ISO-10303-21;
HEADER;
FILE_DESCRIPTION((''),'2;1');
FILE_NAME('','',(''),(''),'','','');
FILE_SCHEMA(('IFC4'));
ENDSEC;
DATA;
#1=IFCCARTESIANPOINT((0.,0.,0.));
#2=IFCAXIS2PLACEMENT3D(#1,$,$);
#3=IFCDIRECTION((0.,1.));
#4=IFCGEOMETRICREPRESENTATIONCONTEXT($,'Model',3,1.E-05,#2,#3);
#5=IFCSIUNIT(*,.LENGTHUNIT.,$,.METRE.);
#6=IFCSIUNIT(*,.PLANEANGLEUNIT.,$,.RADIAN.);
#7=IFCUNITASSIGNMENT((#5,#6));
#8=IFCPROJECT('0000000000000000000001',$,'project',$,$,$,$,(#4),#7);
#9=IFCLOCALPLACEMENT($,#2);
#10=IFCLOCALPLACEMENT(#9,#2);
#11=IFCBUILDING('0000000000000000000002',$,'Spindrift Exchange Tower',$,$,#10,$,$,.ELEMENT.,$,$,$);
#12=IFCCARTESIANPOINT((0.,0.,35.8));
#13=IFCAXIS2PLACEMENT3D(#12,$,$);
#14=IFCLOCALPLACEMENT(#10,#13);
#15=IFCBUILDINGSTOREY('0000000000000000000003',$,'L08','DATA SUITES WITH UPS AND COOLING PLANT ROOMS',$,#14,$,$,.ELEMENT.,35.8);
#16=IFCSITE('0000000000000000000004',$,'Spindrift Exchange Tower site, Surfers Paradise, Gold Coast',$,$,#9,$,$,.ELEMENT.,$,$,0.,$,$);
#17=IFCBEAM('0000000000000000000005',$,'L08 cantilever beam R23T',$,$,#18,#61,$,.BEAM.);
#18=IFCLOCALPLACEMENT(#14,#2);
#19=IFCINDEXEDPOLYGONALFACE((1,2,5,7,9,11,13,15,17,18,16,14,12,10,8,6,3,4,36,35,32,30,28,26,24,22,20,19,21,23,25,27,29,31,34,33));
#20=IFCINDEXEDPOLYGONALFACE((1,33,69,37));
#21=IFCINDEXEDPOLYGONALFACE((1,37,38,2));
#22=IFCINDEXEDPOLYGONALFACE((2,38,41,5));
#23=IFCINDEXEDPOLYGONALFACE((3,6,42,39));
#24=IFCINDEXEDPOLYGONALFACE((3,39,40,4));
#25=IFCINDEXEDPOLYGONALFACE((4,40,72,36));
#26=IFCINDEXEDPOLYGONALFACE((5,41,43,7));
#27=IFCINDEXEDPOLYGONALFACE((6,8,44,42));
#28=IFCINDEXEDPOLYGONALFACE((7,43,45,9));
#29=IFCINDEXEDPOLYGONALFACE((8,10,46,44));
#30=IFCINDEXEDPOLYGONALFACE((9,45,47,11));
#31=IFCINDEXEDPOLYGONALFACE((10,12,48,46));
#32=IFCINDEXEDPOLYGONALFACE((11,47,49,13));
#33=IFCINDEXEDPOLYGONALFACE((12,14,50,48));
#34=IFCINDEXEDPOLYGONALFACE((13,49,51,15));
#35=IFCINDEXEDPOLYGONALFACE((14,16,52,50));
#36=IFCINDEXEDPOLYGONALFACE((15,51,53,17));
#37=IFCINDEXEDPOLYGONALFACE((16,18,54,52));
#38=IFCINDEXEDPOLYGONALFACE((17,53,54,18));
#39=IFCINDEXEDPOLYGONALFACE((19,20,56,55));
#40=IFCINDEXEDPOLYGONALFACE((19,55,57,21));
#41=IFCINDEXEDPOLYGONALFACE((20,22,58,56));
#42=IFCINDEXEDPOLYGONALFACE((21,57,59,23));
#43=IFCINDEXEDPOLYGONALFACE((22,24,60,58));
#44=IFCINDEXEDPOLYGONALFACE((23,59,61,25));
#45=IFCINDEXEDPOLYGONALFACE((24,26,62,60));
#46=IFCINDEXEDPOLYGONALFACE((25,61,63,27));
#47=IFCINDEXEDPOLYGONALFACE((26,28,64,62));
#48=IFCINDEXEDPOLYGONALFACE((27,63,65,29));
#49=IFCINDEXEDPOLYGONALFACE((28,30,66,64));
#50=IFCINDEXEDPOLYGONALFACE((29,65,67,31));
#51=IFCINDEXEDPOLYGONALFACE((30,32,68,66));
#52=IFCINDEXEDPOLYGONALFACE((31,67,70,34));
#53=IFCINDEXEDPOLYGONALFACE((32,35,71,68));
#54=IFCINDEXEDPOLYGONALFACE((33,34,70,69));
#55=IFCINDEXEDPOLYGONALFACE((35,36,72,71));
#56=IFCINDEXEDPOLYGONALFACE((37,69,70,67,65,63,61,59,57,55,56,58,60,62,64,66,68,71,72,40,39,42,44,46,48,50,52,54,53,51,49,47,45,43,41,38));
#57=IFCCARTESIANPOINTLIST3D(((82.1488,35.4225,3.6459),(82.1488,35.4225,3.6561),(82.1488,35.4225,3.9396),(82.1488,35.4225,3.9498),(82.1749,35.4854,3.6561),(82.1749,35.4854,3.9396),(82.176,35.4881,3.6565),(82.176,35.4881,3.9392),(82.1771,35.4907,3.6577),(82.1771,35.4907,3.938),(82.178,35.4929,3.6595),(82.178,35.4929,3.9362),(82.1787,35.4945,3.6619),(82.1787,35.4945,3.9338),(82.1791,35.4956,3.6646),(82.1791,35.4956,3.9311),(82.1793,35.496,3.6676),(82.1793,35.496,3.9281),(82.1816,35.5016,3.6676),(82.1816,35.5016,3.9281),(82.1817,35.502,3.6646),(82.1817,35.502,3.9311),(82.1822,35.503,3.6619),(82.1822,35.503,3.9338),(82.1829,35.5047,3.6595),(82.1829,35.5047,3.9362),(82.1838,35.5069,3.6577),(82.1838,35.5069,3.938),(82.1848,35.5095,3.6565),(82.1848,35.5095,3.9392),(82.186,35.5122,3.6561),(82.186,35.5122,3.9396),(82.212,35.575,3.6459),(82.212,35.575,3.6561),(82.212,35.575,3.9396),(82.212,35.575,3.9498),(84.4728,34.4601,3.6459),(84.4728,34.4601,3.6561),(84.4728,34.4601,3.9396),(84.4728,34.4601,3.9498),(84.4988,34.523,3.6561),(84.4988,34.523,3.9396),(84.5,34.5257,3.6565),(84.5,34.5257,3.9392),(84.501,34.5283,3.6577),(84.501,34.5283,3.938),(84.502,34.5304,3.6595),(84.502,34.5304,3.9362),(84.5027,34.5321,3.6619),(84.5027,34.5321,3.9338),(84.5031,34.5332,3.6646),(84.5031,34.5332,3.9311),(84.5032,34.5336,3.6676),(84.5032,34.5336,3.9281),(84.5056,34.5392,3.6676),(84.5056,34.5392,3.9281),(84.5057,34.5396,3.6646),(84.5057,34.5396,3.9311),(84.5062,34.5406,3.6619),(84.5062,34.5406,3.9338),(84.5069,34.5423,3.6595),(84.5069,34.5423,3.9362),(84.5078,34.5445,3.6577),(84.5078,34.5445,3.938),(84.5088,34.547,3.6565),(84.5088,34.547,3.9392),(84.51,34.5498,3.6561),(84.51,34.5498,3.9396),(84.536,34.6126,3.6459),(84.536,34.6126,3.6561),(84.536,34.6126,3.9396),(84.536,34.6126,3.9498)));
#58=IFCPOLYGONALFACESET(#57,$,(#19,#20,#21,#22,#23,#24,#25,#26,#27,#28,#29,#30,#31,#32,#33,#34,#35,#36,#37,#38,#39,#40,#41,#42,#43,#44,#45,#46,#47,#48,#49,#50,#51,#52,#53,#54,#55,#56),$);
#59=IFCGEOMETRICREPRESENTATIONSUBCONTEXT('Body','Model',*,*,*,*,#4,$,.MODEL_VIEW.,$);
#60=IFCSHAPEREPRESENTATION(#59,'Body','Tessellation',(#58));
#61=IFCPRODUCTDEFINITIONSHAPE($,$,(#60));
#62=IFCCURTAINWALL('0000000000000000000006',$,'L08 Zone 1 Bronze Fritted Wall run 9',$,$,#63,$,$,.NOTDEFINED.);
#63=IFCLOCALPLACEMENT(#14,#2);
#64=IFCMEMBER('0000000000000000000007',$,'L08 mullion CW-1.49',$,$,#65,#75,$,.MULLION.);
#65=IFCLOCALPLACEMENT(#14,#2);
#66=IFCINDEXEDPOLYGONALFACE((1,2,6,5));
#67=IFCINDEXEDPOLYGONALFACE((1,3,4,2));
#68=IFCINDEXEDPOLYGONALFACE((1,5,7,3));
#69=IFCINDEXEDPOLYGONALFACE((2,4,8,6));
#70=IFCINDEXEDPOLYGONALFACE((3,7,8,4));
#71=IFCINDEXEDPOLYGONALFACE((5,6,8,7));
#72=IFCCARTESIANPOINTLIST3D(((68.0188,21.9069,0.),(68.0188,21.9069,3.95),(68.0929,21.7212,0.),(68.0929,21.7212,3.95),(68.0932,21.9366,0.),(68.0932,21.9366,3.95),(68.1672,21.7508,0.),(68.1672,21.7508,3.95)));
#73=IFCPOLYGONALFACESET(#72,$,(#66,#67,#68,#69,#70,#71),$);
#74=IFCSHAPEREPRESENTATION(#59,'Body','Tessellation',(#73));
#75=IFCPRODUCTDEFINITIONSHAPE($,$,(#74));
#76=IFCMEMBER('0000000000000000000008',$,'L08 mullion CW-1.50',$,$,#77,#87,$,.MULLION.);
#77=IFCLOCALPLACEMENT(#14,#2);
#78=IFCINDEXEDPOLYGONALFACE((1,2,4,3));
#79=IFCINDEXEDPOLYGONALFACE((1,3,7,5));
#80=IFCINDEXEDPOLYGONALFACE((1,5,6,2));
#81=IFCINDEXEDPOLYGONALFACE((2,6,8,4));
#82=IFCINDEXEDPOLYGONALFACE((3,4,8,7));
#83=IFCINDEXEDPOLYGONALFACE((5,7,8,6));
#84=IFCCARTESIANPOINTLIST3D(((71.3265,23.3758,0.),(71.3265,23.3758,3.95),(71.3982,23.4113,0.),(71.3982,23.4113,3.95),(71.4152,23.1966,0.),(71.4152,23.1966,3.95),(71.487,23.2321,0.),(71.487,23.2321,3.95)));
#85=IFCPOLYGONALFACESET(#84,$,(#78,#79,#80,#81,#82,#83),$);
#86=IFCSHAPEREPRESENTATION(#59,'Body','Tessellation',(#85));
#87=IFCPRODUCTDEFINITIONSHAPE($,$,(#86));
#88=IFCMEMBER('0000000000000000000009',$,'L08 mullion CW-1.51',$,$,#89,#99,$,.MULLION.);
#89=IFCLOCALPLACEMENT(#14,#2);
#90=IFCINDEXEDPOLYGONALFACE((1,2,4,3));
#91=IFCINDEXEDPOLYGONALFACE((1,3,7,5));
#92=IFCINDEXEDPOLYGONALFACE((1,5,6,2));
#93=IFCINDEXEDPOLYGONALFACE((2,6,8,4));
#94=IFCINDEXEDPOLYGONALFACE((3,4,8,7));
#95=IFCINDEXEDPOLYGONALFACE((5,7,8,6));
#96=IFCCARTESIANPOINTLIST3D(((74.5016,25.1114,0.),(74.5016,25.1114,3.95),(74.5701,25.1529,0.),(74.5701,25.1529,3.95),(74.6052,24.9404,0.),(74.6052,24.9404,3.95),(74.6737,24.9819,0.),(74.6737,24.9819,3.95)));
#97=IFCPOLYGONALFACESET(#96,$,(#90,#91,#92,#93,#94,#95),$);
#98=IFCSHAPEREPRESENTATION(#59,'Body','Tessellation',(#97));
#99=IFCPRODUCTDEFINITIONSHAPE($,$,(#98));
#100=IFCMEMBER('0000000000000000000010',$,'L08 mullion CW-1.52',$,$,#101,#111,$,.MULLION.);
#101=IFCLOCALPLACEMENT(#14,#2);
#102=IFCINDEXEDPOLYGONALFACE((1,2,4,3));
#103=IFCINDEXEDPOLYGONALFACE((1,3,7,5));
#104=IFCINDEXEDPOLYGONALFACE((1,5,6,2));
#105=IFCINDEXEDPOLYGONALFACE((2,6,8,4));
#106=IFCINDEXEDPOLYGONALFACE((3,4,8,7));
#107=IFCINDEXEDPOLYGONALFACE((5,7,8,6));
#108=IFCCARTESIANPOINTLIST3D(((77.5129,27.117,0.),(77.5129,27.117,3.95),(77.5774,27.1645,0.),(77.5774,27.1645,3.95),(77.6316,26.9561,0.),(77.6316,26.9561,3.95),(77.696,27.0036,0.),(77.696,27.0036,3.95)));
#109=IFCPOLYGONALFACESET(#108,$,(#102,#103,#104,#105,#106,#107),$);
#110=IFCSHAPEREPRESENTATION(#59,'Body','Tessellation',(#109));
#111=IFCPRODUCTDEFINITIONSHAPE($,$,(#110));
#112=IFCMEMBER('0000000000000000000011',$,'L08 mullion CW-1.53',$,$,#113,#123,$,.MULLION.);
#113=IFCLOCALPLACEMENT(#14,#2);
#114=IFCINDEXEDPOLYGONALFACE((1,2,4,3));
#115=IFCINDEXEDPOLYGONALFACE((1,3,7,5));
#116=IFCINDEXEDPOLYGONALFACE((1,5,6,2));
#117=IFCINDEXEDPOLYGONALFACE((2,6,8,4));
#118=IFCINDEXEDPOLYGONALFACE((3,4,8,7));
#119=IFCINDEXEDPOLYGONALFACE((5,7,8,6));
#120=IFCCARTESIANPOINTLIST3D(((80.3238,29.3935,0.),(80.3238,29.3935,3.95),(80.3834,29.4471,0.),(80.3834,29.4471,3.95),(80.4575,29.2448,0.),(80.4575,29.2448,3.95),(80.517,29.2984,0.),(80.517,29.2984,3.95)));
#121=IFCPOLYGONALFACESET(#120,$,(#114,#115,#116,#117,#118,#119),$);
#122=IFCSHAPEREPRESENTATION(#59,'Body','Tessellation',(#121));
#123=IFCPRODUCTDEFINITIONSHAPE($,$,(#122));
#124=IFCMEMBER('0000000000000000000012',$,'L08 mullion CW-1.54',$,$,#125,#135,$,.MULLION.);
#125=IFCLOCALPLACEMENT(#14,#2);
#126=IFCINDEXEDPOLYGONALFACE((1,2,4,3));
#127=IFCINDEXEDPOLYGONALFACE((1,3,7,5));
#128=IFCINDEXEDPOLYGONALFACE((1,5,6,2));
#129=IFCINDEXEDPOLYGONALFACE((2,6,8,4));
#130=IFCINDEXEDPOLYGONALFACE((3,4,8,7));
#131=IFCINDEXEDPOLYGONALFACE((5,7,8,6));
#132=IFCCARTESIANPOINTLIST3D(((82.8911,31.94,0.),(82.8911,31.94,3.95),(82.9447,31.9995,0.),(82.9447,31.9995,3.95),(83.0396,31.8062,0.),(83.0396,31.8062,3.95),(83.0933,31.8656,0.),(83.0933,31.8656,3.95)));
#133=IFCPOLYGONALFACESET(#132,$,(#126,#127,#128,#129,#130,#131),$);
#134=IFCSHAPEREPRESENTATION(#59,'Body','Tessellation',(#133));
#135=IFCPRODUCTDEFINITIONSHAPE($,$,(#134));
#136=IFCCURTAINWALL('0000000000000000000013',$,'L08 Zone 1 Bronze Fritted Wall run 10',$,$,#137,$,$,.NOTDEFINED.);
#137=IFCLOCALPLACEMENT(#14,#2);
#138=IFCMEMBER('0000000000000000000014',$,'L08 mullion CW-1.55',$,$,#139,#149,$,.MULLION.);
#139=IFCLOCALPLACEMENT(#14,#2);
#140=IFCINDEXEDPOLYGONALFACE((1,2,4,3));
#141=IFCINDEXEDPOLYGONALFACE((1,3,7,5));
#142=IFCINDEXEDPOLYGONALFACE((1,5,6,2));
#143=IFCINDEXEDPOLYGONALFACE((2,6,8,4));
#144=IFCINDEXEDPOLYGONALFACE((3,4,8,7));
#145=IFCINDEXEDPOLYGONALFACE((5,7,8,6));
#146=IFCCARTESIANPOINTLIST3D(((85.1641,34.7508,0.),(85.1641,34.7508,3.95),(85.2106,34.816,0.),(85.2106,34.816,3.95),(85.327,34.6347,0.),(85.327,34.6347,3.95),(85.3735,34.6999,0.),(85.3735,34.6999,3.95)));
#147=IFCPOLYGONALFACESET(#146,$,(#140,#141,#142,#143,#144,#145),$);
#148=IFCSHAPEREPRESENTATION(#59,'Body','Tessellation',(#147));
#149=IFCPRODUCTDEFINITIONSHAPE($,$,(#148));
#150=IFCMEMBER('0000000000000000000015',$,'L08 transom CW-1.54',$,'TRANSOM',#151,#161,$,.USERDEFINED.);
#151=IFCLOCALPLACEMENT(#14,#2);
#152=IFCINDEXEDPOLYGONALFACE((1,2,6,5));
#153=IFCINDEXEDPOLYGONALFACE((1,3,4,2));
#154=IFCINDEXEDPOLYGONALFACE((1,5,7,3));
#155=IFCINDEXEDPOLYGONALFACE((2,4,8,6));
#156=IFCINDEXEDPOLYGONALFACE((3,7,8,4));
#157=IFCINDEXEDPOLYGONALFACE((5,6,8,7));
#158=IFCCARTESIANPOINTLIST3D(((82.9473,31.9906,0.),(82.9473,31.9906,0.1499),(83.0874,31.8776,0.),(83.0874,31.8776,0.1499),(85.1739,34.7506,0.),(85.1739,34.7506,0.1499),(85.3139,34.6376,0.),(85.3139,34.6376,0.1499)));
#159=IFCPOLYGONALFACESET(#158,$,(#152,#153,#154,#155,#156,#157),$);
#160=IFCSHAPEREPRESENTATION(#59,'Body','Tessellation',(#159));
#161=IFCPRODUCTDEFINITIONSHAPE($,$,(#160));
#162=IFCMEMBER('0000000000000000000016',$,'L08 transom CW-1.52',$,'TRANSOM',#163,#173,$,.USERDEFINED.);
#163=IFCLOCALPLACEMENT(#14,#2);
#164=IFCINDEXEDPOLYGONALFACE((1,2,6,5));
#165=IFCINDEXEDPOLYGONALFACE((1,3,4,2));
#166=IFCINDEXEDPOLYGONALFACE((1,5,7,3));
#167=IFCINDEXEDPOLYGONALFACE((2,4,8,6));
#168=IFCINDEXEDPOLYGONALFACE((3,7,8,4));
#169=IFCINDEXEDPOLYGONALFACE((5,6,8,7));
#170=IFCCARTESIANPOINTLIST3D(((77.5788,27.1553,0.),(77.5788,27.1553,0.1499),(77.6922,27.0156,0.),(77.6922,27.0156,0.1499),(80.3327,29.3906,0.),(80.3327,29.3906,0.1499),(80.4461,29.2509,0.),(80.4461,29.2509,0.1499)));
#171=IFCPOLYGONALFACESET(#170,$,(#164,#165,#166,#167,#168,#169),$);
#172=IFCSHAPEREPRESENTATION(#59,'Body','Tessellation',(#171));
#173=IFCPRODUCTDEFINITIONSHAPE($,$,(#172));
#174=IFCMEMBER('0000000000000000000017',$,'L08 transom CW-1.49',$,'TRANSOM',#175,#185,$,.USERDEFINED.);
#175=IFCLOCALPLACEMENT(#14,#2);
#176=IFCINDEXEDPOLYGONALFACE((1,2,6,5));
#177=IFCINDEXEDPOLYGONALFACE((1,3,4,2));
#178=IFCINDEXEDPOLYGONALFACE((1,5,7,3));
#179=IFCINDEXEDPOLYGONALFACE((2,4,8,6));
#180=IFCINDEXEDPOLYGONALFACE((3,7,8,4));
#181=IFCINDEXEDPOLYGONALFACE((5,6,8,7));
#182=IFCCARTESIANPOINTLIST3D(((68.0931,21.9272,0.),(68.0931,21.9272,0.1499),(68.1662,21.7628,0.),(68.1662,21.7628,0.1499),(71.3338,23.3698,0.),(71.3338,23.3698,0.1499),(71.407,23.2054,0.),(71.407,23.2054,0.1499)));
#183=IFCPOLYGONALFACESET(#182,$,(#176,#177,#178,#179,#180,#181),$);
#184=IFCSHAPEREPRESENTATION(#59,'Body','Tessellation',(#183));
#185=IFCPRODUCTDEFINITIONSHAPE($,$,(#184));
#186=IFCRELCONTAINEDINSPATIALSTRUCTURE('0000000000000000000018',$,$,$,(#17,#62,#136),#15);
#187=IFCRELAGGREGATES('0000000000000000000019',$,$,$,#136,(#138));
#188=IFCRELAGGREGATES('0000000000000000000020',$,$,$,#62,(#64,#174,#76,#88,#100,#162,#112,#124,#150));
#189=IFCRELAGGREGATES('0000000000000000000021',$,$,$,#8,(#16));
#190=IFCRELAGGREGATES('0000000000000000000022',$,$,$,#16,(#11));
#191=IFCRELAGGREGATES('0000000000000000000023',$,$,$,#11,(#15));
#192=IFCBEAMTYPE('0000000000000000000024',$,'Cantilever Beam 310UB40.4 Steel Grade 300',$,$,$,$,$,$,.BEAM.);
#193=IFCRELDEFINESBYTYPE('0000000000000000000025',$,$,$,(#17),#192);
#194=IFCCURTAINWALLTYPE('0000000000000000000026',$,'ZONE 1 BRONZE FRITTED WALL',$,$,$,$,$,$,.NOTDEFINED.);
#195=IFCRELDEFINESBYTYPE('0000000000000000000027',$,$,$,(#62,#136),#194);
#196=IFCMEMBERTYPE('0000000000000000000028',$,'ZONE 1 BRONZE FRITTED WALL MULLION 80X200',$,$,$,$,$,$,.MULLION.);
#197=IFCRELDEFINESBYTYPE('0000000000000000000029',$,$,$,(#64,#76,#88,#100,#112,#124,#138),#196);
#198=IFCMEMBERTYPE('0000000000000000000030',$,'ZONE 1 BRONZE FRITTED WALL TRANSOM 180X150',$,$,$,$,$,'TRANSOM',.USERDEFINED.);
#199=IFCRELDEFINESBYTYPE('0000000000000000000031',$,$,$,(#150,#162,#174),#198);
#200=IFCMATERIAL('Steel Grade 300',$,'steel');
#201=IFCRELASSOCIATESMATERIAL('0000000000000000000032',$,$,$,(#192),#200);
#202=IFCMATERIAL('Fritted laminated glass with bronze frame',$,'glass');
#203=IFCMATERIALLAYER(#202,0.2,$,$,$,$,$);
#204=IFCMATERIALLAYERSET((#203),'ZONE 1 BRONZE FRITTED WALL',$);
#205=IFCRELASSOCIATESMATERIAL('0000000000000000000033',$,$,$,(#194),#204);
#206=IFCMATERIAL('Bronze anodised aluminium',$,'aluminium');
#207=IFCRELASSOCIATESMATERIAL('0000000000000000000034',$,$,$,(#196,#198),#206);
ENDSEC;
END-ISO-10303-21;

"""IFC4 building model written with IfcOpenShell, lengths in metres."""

from ifc_helpers import new_model, si_unit, direction, frame, origin, origin_2d, place, context, subcontext, project, spatial, rectangle, i_section, extrude, source, transform, mapped, material, layer, layer_set, material_profile, profile_set, type_object, element, aggregate, save


model = new_model("IFC4")

# Units and contexts
model_context = context("Model", 3, precision=1e-05, world=origin(), true_north=direction((0.0, 1.0)))
body_context = subcontext(model_context, "Body", "Model", "MODEL_VIEW")
ifc_project = project(units=[si_unit("LENGTHUNIT", "METRE"), si_unit("PLANEANGLEUNIT", "RADIAN")], contexts=[model_context])

# Site, building, storey
site_placement = place(None, origin())
site = spatial("IfcSite", under=ifc_project, at=site_placement, Name="Spindrift Exchange Tower site, Surfers Paradise, Gold Coast", CompositionType="ELEMENT", RefElevation=0.0)
building_placement = place(site_placement, origin())
building = spatial("IfcBuilding", under=site, at=building_placement, Name="Spindrift Exchange Tower", CompositionType="ELEMENT")
storey_placement = place(building_placement, frame((0.0, 0.0, 35.8)))
storey = spatial("IfcBuildingStorey", under=building, at=storey_placement, Name="L08", Description="DATA SUITES WITH UPS AND COOLING PLANT ROOMS", CompositionType="ELEMENT", Elevation=35.8)

# Beam
ifc_material_1 = material(Name="Steel Grade 300", Category="steel")
ifc_material_profile_1 = material_profile(ifc_material_1, i_section(OverallWidth=0.165, OverallDepth=0.304, WebThickness=0.0061, FlangeThickness=0.0103, FilletRadius=0.0115, at=origin_2d()), Name="310UB40.4")
ifc_profile_set_1 = profile_set([ifc_material_profile_1], Name="Steel Grade 300")
beam_type_1 = type_object("IfcBeamType", Name="Cantilever Beam 310UB40.4 Steel Grade 300", PredefinedType="BEAM", material=ifc_profile_set_1)
shared_shape_1 = source(origin(), body_context, "Body", "SweptSolid", [
    extrude(i_section(OverallWidth=0.165, OverallDepth=0.304, WebThickness=0.0061, FlangeThickness=0.0103, FilletRadius=0.0115, at=origin_2d()), origin(), (0.0, 0.0, 1.0), 2.5154),
])
beam_1_placement = place(storey_placement, frame((82.1804, 35.4988, 3.7979), z_axis=(0.92391, -0.382609, 0.0), x_axis=(0.382609, 0.92391, 0.0)))
element("IfcBeam", 1, at=beam_1_placement, inside=storey, type_object=beam_type_1, Name="L08 cantilever beam R23T", PredefinedType="BEAM", context=body_context, shape_type="MappedRepresentation", body=[
    mapped(shared_shape_1, transform((0.0, 0.0, 0.0), scale=1.0)),
])

# Curtain wall, members
ifc_material_2 = material(Name="Fritted laminated glass with bronze frame", Category="glass")
ifc_layer_1 = layer(ifc_material_2, 0.2)
ifc_layer_set_1 = layer_set([ifc_layer_1], Name="ZONE 1 BRONZE FRITTED WALL")
curtain_wall_type = type_object("IfcCurtainWallType", Name="ZONE 1 BRONZE FRITTED WALL", PredefinedType="NOTDEFINED", material=ifc_layer_set_1)
curtain_wall_1_placement = place(storey_placement, origin())
curtain_wall_1 = element("IfcCurtainWall", 2, at=curtain_wall_1_placement, inside=storey, type_object=curtain_wall_type, Name="L08 Zone 1 Bronze Fritted Wall run 9", PredefinedType="NOTDEFINED")
ifc_material_3 = material(Name="Bronze anodised aluminium", Category="aluminium")
ifc_material_profile_2 = material_profile(ifc_material_3, rectangle(XDim=0.0801, YDim=0.2, at=origin_2d()), Name="ZONE 1 BRONZE FRITTED WALL MULLION 80X200")
ifc_profile_set_2 = profile_set([ifc_material_profile_2], Name="Bronze anodised aluminium")
member_type_1 = type_object("IfcMemberType", Name="ZONE 1 BRONZE FRITTED WALL MULLION 80X200", PredefinedType="MULLION", material=ifc_profile_set_2)
shared_shape_2 = source(origin(), body_context, "Body", "SweptSolid", [
    extrude(rectangle(XDim=0.0801, YDim=0.2, at=origin_2d()), origin(), (0.0, 0.0, 1.0), 3.95),
])
member_1_placement = place(storey_placement, frame((68.093, 21.8289, 0.0), z_axis=(0.0, 0.0, 1.0), x_axis=(0.928867, 0.370413, 0.0)))
member_1 = element("IfcMember", 3, at=member_1_placement, type_object=member_type_1, Name="L08 mullion CW-1.49", PredefinedType="MULLION", context=body_context, shape_type="MappedRepresentation", body=[
    mapped(shared_shape_2, transform((0.0, 0.0, 0.0), scale=1.0)),
])
member_2_placement = place(storey_placement, frame((71.4067, 23.304, 0.0), z_axis=(0.0, 0.0, 1.0), x_axis=(0.896046, 0.443961, 0.0)))
member_2 = element("IfcMember", 4, at=member_2_placement, type_object=member_type_1, Name="L08 mullion CW-1.50", PredefinedType="MULLION", context=body_context, shape_type="MappedRepresentation", body=[
    mapped(shared_shape_2, transform((0.0, 0.0, 0.0), scale=1.0)),
])
member_3_placement = place(storey_placement, frame((74.5876, 25.0466, 0.0), z_axis=(0.0, 0.0, 1.0), x_axis=(0.855191, 0.518314, 0.0)))
member_3 = element("IfcMember", 5, at=member_3_placement, type_object=member_type_1, Name="L08 mullion CW-1.51", PredefinedType="MULLION", context=body_context, shape_type="MappedRepresentation", body=[
    mapped(shared_shape_2, transform((0.0, 0.0, 0.0), scale=1.0)),
])
member_4_placement = place(storey_placement, frame((77.6045, 27.0603, 0.0), z_axis=(0.0, 0.0, 1.0), x_axis=(0.804961, 0.593327, 0.0)))
member_4 = element("IfcMember", 6, at=member_4_placement, type_object=member_type_1, Name="L08 mullion CW-1.52", PredefinedType="MULLION", context=body_context, shape_type="MappedRepresentation", body=[
    mapped(shared_shape_2, transform((0.0, 0.0, 0.0), scale=1.0)),
])
member_5_placement = place(storey_placement, frame((80.4204, 29.3459, 0.0), z_axis=(0.0, 0.0, 1.0), x_axis=(0.743714, 0.668498, 0.0)))
member_5 = element("IfcMember", 7, at=member_5_placement, type_object=member_type_1, Name="L08 mullion CW-1.53", PredefinedType="MULLION", context=body_context, shape_type="MappedRepresentation", body=[
    mapped(shared_shape_2, transform((0.0, 0.0, 0.0), scale=1.0)),
])
member_6_placement = place(storey_placement, frame((82.9922, 31.9028, 0.0), z_axis=(0.0, 0.0, 1.0), x_axis=(0.6695, 0.742812, 0.0)))
member_6 = element("IfcMember", 8, at=member_6_placement, type_object=member_type_1, Name="L08 mullion CW-1.54", PredefinedType="MULLION", context=body_context, shape_type="MappedRepresentation", body=[
    mapped(shared_shape_2, transform((0.0, 0.0, 0.0), scale=1.0)),
])

# Curtain wall, member
curtain_wall_2_placement = place(storey_placement, origin())
curtain_wall_2 = element("IfcCurtainWall", 9, at=curtain_wall_2_placement, inside=storey, type_object=curtain_wall_type, Name="L08 Zone 1 Bronze Fritted Wall run 10", PredefinedType="NOTDEFINED")
member_7_placement = place(storey_placement, frame((85.2688, 34.7253, 0.0), z_axis=(0.0, 0.0, 1.0), x_axis=(0.580339, 0.814375, 0.0)))
member_7 = element("IfcMember", 10, at=member_7_placement, type_object=member_type_1, Name="L08 mullion CW-1.55", PredefinedType="MULLION", context=body_context, shape_type="MappedRepresentation", body=[
    mapped(shared_shape_2, transform((0.0, 0.0, 0.0), scale=1.0)),
])

# Members
ifc_material_profile_3 = material_profile(ifc_material_3, rectangle(XDim=0.1799, YDim=0.1499, at=origin_2d()), Name="ZONE 1 BRONZE FRITTED WALL TRANSOM 180X150")
ifc_profile_set_3 = profile_set([ifc_material_profile_3], Name="Bronze anodised aluminium")
member_type_2 = type_object("IfcMemberType", Name="ZONE 1 BRONZE FRITTED WALL TRANSOM 180X150", ElementType="TRANSOM", PredefinedType="USERDEFINED", material=ifc_profile_set_3)
shared_shape_3 = source(origin(), body_context, "Body", "SweptSolid", [
    extrude(rectangle(XDim=0.1799, YDim=0.1499, at=origin_2d()), origin(), (0.0, 0.0, 1.0), 3.5461),
])
member_8_placement = place(storey_placement, frame((83.0173, 31.9341, 0.075), z_axis=(0.62788, 0.77831, 0.0), x_axis=(-0.77831, 0.62788, 0.0)))
member_8 = element("IfcMember", 11, at=member_8_placement, type_object=member_type_2, Name="L08 transom CW-1.54", ObjectType="TRANSOM", PredefinedType="USERDEFINED", context=body_context, shape_type="MappedRepresentation", body=[
    mapped(shared_shape_3, transform((0.0, 0.0, 0.0), scale=1.0)),
])
shared_shape_4 = source(origin(), body_context, "Body", "SweptSolid", [
    extrude(rectangle(XDim=0.1799, YDim=0.1499, at=origin_2d()), origin(), (0.0, 0.0, 1.0), 3.5469),
])
member_9_placement = place(storey_placement, frame((77.6355, 27.0854, 0.075), z_axis=(0.776417, 0.630219, 0.0), x_axis=(-0.630219, 0.776417, 0.0)))
member_9 = element("IfcMember", 12, at=member_9_placement, type_object=member_type_2, Name="L08 transom CW-1.52", ObjectType="TRANSOM", PredefinedType="USERDEFINED", context=body_context, shape_type="MappedRepresentation", body=[
    mapped(shared_shape_4, transform((0.0, 0.0, 0.0), scale=1.0)),
])
shared_shape_5 = source(origin(), body_context, "Body", "SweptSolid", [
    extrude(rectangle(XDim=0.1799, YDim=0.1499, at=origin_2d()), origin(), (0.0, 0.0, 1.0), 3.5474),
])
member_10_placement = place(storey_placement, frame((68.1296, 21.845, 0.075), z_axis=(0.91357, 0.406681, 0.0), x_axis=(-0.406681, 0.91357, 0.0)))
member_10 = element("IfcMember", 13, at=member_10_placement, type_object=member_type_2, Name="L08 transom CW-1.49", ObjectType="TRANSOM", PredefinedType="USERDEFINED", context=body_context, shape_type="MappedRepresentation", body=[
    mapped(shared_shape_5, transform((0.0, 0.0, 0.0), scale=1.0)),
])
aggregate(curtain_wall_2, [member_7])

aggregate(curtain_wall_1, [member_1, member_10, member_2, member_3, member_4, member_9, member_5, member_6, member_8])

save(model, "model.ifc")
